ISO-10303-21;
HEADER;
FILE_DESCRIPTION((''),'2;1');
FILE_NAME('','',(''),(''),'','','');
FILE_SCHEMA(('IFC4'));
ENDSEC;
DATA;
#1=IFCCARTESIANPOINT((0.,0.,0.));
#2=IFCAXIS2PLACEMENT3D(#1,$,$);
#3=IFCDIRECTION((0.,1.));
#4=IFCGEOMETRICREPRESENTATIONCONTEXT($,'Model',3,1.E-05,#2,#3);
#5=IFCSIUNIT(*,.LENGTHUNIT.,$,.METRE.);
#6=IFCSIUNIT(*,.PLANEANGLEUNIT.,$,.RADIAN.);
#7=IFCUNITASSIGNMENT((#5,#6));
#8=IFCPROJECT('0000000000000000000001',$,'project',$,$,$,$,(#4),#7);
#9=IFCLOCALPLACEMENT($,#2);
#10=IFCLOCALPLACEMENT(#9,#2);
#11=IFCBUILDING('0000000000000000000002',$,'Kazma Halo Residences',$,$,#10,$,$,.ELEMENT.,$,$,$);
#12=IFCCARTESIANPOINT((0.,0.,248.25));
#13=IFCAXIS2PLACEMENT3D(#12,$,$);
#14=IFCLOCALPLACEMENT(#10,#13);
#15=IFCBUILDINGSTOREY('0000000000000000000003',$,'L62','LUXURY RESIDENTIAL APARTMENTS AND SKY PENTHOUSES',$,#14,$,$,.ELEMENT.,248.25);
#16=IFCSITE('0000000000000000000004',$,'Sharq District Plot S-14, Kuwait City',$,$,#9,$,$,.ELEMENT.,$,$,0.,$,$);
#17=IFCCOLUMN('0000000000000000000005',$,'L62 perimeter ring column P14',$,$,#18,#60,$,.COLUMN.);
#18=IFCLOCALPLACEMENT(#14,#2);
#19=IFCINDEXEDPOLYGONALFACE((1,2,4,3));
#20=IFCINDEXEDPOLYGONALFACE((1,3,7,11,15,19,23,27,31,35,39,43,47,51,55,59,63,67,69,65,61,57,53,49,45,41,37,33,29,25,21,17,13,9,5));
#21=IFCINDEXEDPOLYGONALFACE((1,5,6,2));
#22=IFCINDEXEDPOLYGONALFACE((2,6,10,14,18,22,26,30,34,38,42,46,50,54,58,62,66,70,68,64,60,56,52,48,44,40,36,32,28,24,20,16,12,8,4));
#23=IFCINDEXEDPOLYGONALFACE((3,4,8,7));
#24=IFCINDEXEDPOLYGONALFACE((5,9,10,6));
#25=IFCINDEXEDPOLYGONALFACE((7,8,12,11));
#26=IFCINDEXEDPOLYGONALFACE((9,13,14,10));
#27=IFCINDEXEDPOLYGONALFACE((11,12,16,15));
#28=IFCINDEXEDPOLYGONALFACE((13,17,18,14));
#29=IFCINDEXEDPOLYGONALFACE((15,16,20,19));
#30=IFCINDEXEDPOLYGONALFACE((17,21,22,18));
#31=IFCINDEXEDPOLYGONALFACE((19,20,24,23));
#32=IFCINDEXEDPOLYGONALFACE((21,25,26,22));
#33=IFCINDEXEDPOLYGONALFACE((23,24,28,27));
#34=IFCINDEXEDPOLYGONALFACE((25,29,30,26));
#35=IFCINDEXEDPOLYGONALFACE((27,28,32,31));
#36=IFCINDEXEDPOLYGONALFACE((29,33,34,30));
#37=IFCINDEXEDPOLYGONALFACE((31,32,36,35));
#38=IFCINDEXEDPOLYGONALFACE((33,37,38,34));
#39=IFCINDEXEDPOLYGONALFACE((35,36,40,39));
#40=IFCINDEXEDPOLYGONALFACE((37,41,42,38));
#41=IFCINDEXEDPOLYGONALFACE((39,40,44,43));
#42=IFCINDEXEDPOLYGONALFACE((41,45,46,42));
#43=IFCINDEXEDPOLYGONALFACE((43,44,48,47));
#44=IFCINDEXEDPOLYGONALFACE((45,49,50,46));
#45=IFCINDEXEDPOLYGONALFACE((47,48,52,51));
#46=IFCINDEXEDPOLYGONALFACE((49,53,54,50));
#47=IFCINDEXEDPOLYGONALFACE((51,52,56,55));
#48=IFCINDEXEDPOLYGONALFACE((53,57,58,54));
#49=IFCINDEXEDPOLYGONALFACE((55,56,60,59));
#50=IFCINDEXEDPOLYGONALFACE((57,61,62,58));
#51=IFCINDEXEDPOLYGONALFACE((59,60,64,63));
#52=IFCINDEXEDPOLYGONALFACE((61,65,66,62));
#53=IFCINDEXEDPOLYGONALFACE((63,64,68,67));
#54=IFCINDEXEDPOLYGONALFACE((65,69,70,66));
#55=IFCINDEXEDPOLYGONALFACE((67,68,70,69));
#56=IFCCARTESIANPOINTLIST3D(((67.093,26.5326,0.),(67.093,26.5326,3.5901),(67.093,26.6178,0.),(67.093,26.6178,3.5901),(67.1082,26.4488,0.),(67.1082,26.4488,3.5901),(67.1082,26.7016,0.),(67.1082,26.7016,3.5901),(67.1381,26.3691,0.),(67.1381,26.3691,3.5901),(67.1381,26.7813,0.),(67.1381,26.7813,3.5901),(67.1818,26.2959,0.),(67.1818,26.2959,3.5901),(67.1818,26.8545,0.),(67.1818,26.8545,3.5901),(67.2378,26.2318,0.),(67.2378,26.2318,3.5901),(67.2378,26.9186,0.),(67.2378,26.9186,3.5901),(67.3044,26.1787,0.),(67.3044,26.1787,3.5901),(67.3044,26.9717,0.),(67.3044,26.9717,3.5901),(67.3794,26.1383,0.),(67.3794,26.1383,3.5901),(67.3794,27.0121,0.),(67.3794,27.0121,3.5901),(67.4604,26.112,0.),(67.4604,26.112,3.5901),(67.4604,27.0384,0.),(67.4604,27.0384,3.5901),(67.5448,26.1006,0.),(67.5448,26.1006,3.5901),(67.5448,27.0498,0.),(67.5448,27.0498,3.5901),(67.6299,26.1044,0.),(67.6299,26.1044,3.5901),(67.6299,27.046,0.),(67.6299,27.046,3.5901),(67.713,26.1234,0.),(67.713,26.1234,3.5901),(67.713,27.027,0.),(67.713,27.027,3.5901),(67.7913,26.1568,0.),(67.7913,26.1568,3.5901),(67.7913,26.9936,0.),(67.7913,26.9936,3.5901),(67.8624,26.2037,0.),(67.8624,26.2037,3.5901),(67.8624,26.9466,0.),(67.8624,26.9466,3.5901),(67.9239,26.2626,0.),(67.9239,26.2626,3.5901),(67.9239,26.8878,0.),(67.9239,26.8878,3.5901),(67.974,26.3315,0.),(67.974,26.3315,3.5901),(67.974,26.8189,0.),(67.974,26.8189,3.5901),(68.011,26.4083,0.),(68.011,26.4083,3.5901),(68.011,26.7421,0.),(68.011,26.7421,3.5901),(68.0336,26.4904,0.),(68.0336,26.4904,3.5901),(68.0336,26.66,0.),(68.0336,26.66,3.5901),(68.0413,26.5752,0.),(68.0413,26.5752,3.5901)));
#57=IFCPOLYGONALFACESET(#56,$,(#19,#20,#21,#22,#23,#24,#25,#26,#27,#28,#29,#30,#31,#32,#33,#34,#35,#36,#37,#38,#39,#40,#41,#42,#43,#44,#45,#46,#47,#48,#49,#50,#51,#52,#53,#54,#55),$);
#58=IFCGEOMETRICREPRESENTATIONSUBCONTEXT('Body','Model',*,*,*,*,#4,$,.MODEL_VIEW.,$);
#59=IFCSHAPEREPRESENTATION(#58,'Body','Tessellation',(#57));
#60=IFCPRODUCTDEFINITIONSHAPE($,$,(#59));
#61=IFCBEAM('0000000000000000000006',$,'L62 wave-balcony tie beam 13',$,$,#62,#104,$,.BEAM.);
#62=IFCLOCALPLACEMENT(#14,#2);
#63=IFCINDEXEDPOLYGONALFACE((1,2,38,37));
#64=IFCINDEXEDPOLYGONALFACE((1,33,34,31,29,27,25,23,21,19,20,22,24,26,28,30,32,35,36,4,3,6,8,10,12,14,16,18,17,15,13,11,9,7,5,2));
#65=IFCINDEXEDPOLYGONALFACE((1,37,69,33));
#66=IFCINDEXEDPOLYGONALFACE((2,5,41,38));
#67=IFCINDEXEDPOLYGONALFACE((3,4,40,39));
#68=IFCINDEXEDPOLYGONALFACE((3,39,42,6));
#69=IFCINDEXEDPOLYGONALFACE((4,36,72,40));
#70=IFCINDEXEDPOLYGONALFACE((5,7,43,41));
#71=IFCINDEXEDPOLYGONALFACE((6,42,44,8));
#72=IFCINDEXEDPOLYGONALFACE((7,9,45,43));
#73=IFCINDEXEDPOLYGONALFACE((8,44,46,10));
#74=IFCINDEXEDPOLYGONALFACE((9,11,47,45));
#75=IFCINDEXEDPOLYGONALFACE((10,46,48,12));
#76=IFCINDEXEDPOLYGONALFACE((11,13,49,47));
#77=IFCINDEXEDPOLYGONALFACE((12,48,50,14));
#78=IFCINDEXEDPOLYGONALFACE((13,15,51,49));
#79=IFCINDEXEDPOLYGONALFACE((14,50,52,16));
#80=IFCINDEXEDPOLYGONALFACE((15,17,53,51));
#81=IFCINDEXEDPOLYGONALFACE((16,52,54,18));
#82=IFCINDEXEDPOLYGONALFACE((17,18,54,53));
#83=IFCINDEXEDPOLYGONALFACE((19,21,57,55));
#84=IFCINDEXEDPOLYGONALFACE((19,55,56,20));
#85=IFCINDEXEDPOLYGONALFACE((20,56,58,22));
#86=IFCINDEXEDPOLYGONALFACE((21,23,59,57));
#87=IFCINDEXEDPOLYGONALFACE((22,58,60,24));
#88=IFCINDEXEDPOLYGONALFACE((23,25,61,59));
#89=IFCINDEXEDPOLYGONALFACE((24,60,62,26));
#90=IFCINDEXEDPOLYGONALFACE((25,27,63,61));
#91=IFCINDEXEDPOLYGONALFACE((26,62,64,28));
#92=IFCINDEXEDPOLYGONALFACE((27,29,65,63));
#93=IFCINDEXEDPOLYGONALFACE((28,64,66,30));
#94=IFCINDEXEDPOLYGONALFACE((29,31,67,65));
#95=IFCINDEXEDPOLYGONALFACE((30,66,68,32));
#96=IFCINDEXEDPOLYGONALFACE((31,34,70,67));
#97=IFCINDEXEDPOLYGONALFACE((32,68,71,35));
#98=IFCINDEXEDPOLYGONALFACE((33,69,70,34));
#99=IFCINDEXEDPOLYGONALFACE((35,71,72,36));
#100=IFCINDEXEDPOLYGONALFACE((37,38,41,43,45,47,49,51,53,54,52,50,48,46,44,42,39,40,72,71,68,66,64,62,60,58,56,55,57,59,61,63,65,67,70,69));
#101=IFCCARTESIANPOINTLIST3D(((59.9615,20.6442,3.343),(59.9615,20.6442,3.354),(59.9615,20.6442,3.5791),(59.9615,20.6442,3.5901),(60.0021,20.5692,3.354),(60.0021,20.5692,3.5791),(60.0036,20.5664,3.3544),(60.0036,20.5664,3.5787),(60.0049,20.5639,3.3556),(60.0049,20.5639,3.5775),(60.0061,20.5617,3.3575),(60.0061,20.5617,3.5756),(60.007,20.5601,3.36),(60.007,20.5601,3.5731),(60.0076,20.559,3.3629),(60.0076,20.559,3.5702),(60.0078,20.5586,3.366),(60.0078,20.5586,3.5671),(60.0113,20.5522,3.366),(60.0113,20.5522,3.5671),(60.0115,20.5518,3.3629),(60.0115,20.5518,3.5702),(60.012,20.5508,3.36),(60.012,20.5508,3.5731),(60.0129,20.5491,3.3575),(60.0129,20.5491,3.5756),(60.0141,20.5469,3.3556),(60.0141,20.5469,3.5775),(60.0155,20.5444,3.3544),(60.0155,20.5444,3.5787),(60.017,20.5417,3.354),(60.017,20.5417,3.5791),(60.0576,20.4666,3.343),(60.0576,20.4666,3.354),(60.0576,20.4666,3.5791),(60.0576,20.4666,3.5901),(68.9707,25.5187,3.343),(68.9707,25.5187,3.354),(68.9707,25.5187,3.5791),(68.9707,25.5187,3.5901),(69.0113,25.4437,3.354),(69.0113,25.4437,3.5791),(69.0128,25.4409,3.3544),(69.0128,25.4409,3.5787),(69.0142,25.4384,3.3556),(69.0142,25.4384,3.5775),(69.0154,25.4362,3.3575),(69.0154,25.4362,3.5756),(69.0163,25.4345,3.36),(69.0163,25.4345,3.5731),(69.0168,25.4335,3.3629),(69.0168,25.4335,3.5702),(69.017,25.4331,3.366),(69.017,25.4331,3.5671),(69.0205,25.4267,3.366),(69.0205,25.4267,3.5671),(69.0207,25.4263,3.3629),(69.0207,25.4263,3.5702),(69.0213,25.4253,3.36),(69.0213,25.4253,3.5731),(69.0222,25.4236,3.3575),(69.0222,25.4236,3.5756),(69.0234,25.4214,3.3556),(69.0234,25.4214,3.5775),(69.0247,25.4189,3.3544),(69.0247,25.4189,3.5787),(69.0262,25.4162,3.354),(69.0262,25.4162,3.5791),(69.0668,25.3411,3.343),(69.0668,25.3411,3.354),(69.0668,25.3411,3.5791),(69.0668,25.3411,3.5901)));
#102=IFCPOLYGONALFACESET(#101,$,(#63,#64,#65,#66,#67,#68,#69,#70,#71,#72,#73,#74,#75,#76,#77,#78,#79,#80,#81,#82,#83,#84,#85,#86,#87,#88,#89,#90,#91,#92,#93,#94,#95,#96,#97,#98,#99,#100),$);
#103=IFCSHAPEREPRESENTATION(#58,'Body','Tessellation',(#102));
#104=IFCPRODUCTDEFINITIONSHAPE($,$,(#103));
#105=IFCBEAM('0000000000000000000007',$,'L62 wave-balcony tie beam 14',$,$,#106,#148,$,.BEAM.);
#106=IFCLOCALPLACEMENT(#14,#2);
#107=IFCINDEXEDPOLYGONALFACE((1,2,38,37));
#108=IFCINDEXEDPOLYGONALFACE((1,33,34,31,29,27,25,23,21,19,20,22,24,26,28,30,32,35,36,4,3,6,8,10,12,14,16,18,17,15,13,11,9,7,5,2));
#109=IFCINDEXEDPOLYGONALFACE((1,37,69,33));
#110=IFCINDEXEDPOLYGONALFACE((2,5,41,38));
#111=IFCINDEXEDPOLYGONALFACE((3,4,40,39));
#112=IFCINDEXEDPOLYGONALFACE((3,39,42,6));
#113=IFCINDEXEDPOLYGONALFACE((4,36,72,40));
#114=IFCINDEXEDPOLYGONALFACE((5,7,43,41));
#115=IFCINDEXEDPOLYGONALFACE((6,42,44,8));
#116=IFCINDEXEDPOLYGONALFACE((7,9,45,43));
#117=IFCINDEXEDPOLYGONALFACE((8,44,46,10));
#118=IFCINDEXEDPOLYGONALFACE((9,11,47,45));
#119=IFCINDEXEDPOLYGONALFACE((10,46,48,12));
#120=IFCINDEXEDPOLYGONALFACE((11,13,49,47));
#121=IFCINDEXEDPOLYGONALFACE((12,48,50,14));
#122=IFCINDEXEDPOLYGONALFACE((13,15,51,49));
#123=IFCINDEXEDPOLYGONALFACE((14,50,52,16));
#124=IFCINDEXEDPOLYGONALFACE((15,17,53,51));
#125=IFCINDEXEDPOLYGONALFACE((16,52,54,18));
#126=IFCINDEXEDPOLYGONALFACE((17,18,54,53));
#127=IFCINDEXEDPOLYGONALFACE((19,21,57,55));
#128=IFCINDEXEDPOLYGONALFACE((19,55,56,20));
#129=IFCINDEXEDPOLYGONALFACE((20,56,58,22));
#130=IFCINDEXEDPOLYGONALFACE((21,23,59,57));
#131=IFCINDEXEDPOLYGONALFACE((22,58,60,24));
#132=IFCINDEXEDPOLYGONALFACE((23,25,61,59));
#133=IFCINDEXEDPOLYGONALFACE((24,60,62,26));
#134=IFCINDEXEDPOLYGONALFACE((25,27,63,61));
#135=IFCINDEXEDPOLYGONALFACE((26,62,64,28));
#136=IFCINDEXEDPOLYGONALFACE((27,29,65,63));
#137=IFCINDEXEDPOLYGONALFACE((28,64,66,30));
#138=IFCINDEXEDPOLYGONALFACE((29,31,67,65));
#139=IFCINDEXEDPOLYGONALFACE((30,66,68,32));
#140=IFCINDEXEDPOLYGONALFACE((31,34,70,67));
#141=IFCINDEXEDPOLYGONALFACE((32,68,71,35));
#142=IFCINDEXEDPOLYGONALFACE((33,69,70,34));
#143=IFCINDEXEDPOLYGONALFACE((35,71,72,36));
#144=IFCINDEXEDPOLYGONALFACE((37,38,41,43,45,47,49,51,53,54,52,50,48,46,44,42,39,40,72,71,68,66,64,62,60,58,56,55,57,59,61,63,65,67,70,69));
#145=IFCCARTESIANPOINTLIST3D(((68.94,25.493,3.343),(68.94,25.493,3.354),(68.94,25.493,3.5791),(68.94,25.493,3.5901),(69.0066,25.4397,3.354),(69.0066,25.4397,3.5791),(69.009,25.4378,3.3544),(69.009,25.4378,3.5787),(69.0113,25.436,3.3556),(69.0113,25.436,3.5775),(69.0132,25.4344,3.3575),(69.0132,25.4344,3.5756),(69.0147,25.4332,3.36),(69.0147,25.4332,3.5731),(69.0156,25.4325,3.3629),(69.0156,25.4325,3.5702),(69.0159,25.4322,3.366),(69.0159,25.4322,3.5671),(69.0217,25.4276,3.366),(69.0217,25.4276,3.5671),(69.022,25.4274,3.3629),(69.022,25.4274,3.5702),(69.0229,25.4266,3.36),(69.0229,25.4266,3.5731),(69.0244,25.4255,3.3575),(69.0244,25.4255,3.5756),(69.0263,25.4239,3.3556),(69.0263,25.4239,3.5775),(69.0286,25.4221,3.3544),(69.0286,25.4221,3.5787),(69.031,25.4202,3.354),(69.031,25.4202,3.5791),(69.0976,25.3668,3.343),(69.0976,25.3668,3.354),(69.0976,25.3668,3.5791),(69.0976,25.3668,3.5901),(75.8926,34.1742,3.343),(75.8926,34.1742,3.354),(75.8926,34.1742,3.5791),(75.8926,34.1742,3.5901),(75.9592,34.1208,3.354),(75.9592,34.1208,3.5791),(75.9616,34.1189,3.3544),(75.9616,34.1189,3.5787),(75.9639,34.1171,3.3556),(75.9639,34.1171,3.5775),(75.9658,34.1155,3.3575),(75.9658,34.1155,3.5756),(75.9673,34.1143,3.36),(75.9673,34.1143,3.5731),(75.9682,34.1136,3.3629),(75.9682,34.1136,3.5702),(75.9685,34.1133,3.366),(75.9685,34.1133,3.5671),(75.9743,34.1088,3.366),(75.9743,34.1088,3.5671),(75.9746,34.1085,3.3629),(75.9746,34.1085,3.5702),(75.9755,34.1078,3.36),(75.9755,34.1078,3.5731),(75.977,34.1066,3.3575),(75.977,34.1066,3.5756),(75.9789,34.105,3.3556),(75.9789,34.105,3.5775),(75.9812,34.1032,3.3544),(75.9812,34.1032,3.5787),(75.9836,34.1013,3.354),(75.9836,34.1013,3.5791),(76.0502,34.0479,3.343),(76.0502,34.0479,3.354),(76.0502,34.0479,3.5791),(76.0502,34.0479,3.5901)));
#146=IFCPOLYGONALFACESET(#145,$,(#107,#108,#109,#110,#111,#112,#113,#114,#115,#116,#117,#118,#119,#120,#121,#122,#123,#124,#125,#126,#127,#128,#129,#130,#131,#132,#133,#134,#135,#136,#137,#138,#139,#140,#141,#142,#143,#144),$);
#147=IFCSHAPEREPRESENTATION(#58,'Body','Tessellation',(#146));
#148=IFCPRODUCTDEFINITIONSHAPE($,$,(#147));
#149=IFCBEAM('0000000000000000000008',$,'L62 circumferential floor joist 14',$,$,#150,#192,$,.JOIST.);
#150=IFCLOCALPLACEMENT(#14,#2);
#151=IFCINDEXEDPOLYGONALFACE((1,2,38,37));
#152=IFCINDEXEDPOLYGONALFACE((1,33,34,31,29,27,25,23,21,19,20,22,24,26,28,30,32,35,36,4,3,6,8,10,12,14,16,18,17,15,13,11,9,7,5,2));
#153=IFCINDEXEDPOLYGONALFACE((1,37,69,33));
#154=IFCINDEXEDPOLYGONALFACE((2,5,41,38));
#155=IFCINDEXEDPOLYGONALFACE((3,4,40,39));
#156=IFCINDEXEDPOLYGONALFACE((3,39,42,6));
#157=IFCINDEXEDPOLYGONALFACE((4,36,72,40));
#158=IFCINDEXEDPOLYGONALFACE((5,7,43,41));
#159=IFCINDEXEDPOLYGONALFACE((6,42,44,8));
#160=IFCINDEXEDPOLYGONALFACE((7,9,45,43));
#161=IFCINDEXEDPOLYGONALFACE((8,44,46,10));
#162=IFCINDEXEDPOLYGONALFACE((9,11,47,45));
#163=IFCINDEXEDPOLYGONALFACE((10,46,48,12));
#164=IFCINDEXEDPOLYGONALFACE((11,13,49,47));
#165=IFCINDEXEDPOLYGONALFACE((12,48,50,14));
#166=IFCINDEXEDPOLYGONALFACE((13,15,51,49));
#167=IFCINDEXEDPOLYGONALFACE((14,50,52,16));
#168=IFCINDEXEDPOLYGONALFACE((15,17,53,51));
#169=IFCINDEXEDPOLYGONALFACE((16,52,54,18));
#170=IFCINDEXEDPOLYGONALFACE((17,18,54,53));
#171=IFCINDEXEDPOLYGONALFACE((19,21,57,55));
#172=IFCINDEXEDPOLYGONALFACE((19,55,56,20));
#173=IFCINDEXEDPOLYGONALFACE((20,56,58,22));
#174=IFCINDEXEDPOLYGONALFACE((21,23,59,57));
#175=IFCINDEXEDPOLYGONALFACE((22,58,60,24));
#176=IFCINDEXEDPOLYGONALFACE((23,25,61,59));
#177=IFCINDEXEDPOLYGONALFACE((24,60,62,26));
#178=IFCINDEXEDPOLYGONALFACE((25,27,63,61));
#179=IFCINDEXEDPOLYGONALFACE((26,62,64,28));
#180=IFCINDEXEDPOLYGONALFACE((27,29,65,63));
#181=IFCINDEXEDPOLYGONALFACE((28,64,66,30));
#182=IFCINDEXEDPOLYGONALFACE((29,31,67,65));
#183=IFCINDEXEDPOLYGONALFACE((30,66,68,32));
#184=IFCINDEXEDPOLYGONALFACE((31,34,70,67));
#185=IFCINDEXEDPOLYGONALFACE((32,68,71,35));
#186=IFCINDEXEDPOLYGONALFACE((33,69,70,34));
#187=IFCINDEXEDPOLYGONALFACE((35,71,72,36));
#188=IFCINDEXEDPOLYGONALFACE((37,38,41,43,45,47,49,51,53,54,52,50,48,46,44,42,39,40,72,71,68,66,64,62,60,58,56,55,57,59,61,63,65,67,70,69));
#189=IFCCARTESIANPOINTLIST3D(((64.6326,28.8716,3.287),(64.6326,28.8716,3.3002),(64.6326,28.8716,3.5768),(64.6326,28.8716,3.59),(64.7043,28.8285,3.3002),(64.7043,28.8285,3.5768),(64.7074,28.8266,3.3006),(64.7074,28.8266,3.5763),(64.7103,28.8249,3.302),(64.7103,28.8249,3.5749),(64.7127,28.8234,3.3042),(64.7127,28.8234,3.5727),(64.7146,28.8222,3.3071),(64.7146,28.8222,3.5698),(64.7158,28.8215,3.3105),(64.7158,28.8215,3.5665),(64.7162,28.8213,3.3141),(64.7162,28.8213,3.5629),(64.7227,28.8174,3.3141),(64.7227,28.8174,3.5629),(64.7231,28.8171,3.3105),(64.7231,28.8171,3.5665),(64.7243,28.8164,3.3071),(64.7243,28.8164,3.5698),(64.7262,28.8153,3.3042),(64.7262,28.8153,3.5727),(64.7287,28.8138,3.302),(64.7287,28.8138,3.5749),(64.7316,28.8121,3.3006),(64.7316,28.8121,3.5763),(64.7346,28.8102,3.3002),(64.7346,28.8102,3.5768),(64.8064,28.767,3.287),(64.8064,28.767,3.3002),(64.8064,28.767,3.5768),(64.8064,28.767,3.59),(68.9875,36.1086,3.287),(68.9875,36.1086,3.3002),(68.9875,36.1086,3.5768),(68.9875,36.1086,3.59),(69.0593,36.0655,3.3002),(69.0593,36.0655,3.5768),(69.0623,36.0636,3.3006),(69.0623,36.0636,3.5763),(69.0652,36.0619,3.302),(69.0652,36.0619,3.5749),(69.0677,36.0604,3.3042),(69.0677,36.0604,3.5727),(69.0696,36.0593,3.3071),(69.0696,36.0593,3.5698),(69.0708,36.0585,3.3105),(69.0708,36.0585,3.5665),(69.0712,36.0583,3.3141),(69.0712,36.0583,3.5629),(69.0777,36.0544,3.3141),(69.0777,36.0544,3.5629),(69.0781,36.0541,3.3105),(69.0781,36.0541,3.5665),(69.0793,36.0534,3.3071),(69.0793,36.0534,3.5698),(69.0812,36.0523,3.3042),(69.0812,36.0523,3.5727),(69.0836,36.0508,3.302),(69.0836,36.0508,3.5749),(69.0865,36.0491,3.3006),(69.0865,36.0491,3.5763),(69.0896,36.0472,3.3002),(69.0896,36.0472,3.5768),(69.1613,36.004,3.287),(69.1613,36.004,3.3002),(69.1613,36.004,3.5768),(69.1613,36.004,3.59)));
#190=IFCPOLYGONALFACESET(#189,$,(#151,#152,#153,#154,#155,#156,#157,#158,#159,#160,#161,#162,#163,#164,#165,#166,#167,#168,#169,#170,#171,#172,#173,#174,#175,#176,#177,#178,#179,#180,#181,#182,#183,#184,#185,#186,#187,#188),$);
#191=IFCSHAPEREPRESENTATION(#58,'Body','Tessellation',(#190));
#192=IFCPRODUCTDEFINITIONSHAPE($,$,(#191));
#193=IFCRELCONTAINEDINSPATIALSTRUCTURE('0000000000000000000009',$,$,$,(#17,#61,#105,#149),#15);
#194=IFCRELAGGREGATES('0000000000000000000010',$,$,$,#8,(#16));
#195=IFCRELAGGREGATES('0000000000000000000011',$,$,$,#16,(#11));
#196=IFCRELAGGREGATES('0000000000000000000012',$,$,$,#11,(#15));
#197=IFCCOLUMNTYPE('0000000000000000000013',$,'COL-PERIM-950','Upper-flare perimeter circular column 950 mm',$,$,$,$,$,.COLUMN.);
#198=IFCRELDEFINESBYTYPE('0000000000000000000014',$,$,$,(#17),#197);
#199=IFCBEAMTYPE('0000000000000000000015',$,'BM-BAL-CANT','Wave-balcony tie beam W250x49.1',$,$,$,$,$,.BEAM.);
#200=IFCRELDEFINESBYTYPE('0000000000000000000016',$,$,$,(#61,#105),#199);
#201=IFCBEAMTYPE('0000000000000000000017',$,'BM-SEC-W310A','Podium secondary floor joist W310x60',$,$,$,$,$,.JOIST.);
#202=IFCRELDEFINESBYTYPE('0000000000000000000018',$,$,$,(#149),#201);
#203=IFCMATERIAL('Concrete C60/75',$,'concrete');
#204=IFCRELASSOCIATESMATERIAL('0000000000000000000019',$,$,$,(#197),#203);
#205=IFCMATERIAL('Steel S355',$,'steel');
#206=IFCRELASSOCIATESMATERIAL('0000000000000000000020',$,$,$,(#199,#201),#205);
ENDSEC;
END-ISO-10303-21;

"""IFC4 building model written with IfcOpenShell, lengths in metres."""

from ifc_helpers import new_model, si_unit, direction, frame, origin, origin_2d, place, context, subcontext, project, spatial, circle, i_section, extrude, material, material_profile, profile_set, type_object, element, save


model = new_model("IFC4")

# Units and contexts
model_context = context("Model", 3, precision=1e-05, world=origin(), true_north=direction((0.0, 1.0)))
body_context = subcontext(model_context, "Body", "Model", "MODEL_VIEW")
ifc_project = project(units=[si_unit("LENGTHUNIT", "METRE"), si_unit("PLANEANGLEUNIT", "RADIAN")], contexts=[model_context])

# Site, building, storey
site_placement = place(None, origin())
site = spatial("IfcSite", under=ifc_project, at=site_placement, Name="Sharq District Plot S-14, Kuwait City", CompositionType="ELEMENT", RefElevation=0.0)
building_placement = place(site_placement, origin())
building = spatial("IfcBuilding", under=site, at=building_placement, Name="Kazma Halo Residences", CompositionType="ELEMENT")
storey_placement = place(building_placement, frame((0.0, 0.0, 248.25)))
storey = spatial("IfcBuildingStorey", under=building, at=storey_placement, Name="L62", Description="LUXURY RESIDENTIAL APARTMENTS AND SKY PENTHOUSES", CompositionType="ELEMENT", Elevation=248.25)

# Column
ifc_material_1 = material(Name="Concrete C60/75", Category="concrete")
ifc_material_profile_1 = material_profile(ifc_material_1, circle(Radius=0.4751, at=origin_2d()), Name="CIRC950")
ifc_profile_set_1 = profile_set([ifc_material_profile_1], Name="Concrete C60/75")
column_type = type_object("IfcColumnType", Name="COL-PERIM-950", Description="Upper-flare perimeter circular column 950 mm", PredefinedType="COLUMN", material=ifc_profile_set_1)
column_placement = place(storey_placement, frame((67.5662, 26.5752, 0.0), z_axis=(0.0, 0.0, 1.0), x_axis=(1.0, 0.0, 0.0)))
element("IfcColumn", 1, at=column_placement, inside=storey, type_object=column_type, Name="L62 perimeter ring column P14", PredefinedType="COLUMN", context=body_context, shape_type="SweptSolid", body=[
    extrude(circle(Radius=0.4751, at=origin_2d()), origin(), (0.0, 0.0, 1.0), 3.5901),
])

# Beams
ifc_material_2 = material(Name="Steel S355", Category="steel")
ifc_material_profile_2 = material_profile(ifc_material_2, i_section(OverallWidth=0.2019, OverallDepth=0.2471, WebThickness=0.0073, FlangeThickness=0.011, FilletRadius=0.012, at=origin_2d()), Name="W250x49.1")
ifc_profile_set_2 = profile_set([ifc_material_profile_2], Name="Steel S355")
beam_type_1 = type_object("IfcBeamType", Name="BM-BAL-CANT", Description="Wave-balcony tie beam W250x49.1", PredefinedType="BEAM", material=ifc_profile_set_2)
beam_1_placement = place(storey_placement, frame((60.0095, 20.5554, 3.4666), z_axis=(0.879517, 0.475867, 0.0), x_axis=(-0.475867, 0.879517, 0.0)))
element("IfcBeam", 2, at=beam_1_placement, inside=storey, type_object=beam_type_1, Name="L62 wave-balcony tie beam 13", PredefinedType="BEAM", context=body_context, shape_type="SweptSolid", body=[
    extrude(i_section(OverallWidth=0.2019, OverallDepth=0.2471, WebThickness=0.0073, FlangeThickness=0.011, FilletRadius=0.012, at=origin_2d()), origin(), (0.0, 0.0, 1.0), 10.2434),
])
beam_2_placement = place(storey_placement, frame((69.0188, 25.4299, 3.4666), z_axis=(0.625118, 0.78053, 0.0), x_axis=(-0.78053, 0.625118, 0.0)))
element("IfcBeam", 3, at=beam_2_placement, inside=storey, type_object=beam_type_1, Name="L62 wave-balcony tie beam 14", PredefinedType="BEAM", context=body_context, shape_type="SweptSolid", body=[
    extrude(i_section(OverallWidth=0.2019, OverallDepth=0.2471, WebThickness=0.0073, FlangeThickness=0.011, FilletRadius=0.012, at=origin_2d()), origin(), (0.0, 0.0, 1.0), 11.1221),
])
ifc_material_profile_3 = material_profile(ifc_material_2, i_section(OverallWidth=0.2029, OverallDepth=0.303, WebThickness=0.0076, FlangeThickness=0.0132, FilletRadius=0.0139, at=origin_2d()), Name="W310x60")
ifc_profile_set_3 = profile_set([ifc_material_profile_3], Name="Steel S355")
beam_type_2 = type_object("IfcBeamType", Name="BM-SEC-W310A", Description="Podium secondary floor joist W310x60", PredefinedType="JOIST", material=ifc_profile_set_3)
beam_3_placement = place(storey_placement, frame((64.7195, 28.8193, 3.4385), z_axis=(0.515605, 0.856827, 0.0), x_axis=(-0.856827, 0.515605, 0.0)))
element("IfcBeam", 4, at=beam_3_placement, inside=storey, type_object=beam_type_2, Name="L62 circumferential floor joist 14", PredefinedType="JOIST", context=body_context, shape_type="SweptSolid", body=[
    extrude(i_section(OverallWidth=0.2029, OverallDepth=0.303, WebThickness=0.0076, FlangeThickness=0.0132, FilletRadius=0.0139, at=origin_2d()), origin(), (0.0, 0.0, 1.0), 8.4463),
])

save(model, "model.ifc")
